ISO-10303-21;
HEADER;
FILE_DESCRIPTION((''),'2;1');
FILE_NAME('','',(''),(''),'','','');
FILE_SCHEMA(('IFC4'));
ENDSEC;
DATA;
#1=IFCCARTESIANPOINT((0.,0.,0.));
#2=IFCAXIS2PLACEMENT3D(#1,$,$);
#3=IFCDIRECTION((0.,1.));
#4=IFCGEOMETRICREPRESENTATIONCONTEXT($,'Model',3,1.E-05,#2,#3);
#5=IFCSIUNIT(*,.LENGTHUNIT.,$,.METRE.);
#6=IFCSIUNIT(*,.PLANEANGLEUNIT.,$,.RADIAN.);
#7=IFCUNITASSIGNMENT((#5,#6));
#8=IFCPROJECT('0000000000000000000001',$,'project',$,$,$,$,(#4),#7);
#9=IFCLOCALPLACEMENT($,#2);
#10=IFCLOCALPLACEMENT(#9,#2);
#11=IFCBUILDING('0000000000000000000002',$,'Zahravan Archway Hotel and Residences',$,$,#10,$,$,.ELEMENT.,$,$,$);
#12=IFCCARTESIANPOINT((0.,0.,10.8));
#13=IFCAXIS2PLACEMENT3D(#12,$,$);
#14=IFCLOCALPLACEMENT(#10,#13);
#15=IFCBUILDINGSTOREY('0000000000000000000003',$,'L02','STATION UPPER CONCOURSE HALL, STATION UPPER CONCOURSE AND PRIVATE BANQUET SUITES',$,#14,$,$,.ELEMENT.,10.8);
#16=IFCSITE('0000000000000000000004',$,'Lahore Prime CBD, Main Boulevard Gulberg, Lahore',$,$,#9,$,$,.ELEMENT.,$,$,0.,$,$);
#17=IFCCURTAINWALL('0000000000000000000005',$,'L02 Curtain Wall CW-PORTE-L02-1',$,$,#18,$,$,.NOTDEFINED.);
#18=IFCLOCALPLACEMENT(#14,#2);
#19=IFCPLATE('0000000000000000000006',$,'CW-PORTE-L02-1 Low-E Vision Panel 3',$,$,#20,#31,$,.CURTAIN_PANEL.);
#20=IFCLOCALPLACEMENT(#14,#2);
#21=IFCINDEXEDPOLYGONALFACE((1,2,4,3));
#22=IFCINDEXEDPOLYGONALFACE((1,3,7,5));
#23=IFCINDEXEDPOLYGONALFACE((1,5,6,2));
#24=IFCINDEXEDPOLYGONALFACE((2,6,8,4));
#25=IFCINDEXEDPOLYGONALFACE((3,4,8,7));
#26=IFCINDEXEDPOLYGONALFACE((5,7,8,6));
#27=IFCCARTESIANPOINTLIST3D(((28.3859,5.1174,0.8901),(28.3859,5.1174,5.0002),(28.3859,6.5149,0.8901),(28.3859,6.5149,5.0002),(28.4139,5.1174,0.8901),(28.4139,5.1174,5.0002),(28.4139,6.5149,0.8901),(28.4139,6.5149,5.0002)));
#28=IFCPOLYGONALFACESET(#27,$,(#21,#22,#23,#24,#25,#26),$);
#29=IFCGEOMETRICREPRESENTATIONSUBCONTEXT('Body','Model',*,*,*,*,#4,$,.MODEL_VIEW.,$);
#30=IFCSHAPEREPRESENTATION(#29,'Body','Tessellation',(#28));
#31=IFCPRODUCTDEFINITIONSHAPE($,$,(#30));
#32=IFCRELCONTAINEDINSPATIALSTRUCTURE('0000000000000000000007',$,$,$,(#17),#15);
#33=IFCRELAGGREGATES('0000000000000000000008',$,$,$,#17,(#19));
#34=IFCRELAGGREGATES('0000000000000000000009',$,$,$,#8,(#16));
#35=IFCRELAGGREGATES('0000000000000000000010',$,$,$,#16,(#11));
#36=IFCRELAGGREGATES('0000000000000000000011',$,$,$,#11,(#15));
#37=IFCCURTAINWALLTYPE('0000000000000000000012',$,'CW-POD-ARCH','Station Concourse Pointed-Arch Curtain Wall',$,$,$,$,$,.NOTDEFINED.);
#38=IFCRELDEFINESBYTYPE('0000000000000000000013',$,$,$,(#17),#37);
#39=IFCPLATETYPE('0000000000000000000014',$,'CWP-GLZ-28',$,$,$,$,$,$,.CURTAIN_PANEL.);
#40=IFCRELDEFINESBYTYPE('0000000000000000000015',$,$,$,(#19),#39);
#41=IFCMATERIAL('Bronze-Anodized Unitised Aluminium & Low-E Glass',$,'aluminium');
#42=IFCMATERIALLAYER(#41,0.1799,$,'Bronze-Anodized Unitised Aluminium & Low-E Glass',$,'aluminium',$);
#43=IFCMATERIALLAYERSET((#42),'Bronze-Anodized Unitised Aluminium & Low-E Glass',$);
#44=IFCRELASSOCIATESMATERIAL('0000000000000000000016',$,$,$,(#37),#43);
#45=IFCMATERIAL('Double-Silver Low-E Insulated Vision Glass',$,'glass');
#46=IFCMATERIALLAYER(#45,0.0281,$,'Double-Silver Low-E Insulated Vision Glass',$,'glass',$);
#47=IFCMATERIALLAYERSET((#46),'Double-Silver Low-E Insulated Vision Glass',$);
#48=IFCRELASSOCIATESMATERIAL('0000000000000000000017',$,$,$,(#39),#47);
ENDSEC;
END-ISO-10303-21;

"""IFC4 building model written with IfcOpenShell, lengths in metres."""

from ifc_helpers import new_model, si_unit, direction, frame, origin, origin_2d, place, context, subcontext, project, spatial, rectangle, extrude, source, transform, mapped, material, layer, layer_set, type_object, element, aggregate, save


model = new_model("IFC4")

# Units and contexts
model_context = context("Model", 3, precision=1e-05, world=origin(), true_north=direction((0.0, 1.0)))
body_context = subcontext(model_context, "Body", "Model", "MODEL_VIEW")
ifc_project = project(units=[si_unit("LENGTHUNIT", "METRE"), si_unit("PLANEANGLEUNIT", "RADIAN")], contexts=[model_context])

# Site, building, storey
site_placement = place(None, origin())
site = spatial("IfcSite", under=ifc_project, at=site_placement, Name="Lahore Prime CBD, Main Boulevard Gulberg, Lahore", CompositionType="ELEMENT", RefElevation=0.0)
building_placement = place(site_placement, origin())
building = spatial("IfcBuilding", under=site, at=building_placement, Name="Zahravan Archway Hotel and Residences", CompositionType="ELEMENT")
storey_placement = place(building_placement, frame((0.0, 0.0, 10.8)))
storey = spatial("IfcBuildingStorey", under=building, at=storey_placement, Name="L02", Description="STATION UPPER CONCOURSE HALL, STATION UPPER CONCOURSE AND PRIVATE BANQUET SUITES", CompositionType="ELEMENT", Elevation=10.8)

# Curtain wall
ifc_material_1 = material(Name="Bronze-Anodized Unitised Aluminium & Low-E Glass", Category="aluminium")
ifc_layer_1 = layer(ifc_material_1, 0.1799, Name="Bronze-Anodized Unitised Aluminium & Low-E Glass", Category="aluminium")
ifc_layer_set_1 = layer_set([ifc_layer_1], Name="Bronze-Anodized Unitised Aluminium & Low-E Glass")
curtain_wall_type = type_object("IfcCurtainWallType", Name="CW-POD-ARCH", Description="Station Concourse Pointed-Arch Curtain Wall", PredefinedType="NOTDEFINED", material=ifc_layer_set_1)
curtain_wall_1_placement = place(storey_placement, origin())
curtain_wall_1 = element("IfcCurtainWall", 1, at=curtain_wall_1_placement, inside=storey, type_object=curtain_wall_type, Name="L02 Curtain Wall CW-PORTE-L02-1", PredefinedType="NOTDEFINED")

# Plate
ifc_material_2 = material(Name="Double-Silver Low-E Insulated Vision Glass", Category="glass")
ifc_layer_2 = layer(ifc_material_2, 0.0281, Name="Double-Silver Low-E Insulated Vision Glass", Category="glass")
ifc_layer_set_2 = layer_set([ifc_layer_2], Name="Double-Silver Low-E Insulated Vision Glass")
plate_type_1 = type_object("IfcPlateType", Name="CWP-GLZ-28", PredefinedType="CURTAIN_PANEL", material=ifc_layer_set_2)
shared_shape_1 = source(origin(), body_context, "Body", "SweptSolid", [
    extrude(rectangle(XDim=1.3975, YDim=0.0281, at=origin_2d()), origin(), (0.0, 0.0, 1.0), 4.1101),
])
plate_1_placement = place(storey_placement, frame((28.3999, 5.8162, 0.8901), z_axis=(0.0, 0.0, 1.0), x_axis=(0.0, 1.0, 0.0)))
plate_1 = element("IfcPlate", 2, at=plate_1_placement, type_object=plate_type_1, Name="CW-PORTE-L02-1 Low-E Vision Panel 3", PredefinedType="CURTAIN_PANEL", context=body_context, shape_type="MappedRepresentation", body=[
    mapped(shared_shape_1, transform((0.0, 0.0, 0.0), scale=1.0)),
])
aggregate(curtain_wall_1, [plate_1])

save(model, "model.ifc")
